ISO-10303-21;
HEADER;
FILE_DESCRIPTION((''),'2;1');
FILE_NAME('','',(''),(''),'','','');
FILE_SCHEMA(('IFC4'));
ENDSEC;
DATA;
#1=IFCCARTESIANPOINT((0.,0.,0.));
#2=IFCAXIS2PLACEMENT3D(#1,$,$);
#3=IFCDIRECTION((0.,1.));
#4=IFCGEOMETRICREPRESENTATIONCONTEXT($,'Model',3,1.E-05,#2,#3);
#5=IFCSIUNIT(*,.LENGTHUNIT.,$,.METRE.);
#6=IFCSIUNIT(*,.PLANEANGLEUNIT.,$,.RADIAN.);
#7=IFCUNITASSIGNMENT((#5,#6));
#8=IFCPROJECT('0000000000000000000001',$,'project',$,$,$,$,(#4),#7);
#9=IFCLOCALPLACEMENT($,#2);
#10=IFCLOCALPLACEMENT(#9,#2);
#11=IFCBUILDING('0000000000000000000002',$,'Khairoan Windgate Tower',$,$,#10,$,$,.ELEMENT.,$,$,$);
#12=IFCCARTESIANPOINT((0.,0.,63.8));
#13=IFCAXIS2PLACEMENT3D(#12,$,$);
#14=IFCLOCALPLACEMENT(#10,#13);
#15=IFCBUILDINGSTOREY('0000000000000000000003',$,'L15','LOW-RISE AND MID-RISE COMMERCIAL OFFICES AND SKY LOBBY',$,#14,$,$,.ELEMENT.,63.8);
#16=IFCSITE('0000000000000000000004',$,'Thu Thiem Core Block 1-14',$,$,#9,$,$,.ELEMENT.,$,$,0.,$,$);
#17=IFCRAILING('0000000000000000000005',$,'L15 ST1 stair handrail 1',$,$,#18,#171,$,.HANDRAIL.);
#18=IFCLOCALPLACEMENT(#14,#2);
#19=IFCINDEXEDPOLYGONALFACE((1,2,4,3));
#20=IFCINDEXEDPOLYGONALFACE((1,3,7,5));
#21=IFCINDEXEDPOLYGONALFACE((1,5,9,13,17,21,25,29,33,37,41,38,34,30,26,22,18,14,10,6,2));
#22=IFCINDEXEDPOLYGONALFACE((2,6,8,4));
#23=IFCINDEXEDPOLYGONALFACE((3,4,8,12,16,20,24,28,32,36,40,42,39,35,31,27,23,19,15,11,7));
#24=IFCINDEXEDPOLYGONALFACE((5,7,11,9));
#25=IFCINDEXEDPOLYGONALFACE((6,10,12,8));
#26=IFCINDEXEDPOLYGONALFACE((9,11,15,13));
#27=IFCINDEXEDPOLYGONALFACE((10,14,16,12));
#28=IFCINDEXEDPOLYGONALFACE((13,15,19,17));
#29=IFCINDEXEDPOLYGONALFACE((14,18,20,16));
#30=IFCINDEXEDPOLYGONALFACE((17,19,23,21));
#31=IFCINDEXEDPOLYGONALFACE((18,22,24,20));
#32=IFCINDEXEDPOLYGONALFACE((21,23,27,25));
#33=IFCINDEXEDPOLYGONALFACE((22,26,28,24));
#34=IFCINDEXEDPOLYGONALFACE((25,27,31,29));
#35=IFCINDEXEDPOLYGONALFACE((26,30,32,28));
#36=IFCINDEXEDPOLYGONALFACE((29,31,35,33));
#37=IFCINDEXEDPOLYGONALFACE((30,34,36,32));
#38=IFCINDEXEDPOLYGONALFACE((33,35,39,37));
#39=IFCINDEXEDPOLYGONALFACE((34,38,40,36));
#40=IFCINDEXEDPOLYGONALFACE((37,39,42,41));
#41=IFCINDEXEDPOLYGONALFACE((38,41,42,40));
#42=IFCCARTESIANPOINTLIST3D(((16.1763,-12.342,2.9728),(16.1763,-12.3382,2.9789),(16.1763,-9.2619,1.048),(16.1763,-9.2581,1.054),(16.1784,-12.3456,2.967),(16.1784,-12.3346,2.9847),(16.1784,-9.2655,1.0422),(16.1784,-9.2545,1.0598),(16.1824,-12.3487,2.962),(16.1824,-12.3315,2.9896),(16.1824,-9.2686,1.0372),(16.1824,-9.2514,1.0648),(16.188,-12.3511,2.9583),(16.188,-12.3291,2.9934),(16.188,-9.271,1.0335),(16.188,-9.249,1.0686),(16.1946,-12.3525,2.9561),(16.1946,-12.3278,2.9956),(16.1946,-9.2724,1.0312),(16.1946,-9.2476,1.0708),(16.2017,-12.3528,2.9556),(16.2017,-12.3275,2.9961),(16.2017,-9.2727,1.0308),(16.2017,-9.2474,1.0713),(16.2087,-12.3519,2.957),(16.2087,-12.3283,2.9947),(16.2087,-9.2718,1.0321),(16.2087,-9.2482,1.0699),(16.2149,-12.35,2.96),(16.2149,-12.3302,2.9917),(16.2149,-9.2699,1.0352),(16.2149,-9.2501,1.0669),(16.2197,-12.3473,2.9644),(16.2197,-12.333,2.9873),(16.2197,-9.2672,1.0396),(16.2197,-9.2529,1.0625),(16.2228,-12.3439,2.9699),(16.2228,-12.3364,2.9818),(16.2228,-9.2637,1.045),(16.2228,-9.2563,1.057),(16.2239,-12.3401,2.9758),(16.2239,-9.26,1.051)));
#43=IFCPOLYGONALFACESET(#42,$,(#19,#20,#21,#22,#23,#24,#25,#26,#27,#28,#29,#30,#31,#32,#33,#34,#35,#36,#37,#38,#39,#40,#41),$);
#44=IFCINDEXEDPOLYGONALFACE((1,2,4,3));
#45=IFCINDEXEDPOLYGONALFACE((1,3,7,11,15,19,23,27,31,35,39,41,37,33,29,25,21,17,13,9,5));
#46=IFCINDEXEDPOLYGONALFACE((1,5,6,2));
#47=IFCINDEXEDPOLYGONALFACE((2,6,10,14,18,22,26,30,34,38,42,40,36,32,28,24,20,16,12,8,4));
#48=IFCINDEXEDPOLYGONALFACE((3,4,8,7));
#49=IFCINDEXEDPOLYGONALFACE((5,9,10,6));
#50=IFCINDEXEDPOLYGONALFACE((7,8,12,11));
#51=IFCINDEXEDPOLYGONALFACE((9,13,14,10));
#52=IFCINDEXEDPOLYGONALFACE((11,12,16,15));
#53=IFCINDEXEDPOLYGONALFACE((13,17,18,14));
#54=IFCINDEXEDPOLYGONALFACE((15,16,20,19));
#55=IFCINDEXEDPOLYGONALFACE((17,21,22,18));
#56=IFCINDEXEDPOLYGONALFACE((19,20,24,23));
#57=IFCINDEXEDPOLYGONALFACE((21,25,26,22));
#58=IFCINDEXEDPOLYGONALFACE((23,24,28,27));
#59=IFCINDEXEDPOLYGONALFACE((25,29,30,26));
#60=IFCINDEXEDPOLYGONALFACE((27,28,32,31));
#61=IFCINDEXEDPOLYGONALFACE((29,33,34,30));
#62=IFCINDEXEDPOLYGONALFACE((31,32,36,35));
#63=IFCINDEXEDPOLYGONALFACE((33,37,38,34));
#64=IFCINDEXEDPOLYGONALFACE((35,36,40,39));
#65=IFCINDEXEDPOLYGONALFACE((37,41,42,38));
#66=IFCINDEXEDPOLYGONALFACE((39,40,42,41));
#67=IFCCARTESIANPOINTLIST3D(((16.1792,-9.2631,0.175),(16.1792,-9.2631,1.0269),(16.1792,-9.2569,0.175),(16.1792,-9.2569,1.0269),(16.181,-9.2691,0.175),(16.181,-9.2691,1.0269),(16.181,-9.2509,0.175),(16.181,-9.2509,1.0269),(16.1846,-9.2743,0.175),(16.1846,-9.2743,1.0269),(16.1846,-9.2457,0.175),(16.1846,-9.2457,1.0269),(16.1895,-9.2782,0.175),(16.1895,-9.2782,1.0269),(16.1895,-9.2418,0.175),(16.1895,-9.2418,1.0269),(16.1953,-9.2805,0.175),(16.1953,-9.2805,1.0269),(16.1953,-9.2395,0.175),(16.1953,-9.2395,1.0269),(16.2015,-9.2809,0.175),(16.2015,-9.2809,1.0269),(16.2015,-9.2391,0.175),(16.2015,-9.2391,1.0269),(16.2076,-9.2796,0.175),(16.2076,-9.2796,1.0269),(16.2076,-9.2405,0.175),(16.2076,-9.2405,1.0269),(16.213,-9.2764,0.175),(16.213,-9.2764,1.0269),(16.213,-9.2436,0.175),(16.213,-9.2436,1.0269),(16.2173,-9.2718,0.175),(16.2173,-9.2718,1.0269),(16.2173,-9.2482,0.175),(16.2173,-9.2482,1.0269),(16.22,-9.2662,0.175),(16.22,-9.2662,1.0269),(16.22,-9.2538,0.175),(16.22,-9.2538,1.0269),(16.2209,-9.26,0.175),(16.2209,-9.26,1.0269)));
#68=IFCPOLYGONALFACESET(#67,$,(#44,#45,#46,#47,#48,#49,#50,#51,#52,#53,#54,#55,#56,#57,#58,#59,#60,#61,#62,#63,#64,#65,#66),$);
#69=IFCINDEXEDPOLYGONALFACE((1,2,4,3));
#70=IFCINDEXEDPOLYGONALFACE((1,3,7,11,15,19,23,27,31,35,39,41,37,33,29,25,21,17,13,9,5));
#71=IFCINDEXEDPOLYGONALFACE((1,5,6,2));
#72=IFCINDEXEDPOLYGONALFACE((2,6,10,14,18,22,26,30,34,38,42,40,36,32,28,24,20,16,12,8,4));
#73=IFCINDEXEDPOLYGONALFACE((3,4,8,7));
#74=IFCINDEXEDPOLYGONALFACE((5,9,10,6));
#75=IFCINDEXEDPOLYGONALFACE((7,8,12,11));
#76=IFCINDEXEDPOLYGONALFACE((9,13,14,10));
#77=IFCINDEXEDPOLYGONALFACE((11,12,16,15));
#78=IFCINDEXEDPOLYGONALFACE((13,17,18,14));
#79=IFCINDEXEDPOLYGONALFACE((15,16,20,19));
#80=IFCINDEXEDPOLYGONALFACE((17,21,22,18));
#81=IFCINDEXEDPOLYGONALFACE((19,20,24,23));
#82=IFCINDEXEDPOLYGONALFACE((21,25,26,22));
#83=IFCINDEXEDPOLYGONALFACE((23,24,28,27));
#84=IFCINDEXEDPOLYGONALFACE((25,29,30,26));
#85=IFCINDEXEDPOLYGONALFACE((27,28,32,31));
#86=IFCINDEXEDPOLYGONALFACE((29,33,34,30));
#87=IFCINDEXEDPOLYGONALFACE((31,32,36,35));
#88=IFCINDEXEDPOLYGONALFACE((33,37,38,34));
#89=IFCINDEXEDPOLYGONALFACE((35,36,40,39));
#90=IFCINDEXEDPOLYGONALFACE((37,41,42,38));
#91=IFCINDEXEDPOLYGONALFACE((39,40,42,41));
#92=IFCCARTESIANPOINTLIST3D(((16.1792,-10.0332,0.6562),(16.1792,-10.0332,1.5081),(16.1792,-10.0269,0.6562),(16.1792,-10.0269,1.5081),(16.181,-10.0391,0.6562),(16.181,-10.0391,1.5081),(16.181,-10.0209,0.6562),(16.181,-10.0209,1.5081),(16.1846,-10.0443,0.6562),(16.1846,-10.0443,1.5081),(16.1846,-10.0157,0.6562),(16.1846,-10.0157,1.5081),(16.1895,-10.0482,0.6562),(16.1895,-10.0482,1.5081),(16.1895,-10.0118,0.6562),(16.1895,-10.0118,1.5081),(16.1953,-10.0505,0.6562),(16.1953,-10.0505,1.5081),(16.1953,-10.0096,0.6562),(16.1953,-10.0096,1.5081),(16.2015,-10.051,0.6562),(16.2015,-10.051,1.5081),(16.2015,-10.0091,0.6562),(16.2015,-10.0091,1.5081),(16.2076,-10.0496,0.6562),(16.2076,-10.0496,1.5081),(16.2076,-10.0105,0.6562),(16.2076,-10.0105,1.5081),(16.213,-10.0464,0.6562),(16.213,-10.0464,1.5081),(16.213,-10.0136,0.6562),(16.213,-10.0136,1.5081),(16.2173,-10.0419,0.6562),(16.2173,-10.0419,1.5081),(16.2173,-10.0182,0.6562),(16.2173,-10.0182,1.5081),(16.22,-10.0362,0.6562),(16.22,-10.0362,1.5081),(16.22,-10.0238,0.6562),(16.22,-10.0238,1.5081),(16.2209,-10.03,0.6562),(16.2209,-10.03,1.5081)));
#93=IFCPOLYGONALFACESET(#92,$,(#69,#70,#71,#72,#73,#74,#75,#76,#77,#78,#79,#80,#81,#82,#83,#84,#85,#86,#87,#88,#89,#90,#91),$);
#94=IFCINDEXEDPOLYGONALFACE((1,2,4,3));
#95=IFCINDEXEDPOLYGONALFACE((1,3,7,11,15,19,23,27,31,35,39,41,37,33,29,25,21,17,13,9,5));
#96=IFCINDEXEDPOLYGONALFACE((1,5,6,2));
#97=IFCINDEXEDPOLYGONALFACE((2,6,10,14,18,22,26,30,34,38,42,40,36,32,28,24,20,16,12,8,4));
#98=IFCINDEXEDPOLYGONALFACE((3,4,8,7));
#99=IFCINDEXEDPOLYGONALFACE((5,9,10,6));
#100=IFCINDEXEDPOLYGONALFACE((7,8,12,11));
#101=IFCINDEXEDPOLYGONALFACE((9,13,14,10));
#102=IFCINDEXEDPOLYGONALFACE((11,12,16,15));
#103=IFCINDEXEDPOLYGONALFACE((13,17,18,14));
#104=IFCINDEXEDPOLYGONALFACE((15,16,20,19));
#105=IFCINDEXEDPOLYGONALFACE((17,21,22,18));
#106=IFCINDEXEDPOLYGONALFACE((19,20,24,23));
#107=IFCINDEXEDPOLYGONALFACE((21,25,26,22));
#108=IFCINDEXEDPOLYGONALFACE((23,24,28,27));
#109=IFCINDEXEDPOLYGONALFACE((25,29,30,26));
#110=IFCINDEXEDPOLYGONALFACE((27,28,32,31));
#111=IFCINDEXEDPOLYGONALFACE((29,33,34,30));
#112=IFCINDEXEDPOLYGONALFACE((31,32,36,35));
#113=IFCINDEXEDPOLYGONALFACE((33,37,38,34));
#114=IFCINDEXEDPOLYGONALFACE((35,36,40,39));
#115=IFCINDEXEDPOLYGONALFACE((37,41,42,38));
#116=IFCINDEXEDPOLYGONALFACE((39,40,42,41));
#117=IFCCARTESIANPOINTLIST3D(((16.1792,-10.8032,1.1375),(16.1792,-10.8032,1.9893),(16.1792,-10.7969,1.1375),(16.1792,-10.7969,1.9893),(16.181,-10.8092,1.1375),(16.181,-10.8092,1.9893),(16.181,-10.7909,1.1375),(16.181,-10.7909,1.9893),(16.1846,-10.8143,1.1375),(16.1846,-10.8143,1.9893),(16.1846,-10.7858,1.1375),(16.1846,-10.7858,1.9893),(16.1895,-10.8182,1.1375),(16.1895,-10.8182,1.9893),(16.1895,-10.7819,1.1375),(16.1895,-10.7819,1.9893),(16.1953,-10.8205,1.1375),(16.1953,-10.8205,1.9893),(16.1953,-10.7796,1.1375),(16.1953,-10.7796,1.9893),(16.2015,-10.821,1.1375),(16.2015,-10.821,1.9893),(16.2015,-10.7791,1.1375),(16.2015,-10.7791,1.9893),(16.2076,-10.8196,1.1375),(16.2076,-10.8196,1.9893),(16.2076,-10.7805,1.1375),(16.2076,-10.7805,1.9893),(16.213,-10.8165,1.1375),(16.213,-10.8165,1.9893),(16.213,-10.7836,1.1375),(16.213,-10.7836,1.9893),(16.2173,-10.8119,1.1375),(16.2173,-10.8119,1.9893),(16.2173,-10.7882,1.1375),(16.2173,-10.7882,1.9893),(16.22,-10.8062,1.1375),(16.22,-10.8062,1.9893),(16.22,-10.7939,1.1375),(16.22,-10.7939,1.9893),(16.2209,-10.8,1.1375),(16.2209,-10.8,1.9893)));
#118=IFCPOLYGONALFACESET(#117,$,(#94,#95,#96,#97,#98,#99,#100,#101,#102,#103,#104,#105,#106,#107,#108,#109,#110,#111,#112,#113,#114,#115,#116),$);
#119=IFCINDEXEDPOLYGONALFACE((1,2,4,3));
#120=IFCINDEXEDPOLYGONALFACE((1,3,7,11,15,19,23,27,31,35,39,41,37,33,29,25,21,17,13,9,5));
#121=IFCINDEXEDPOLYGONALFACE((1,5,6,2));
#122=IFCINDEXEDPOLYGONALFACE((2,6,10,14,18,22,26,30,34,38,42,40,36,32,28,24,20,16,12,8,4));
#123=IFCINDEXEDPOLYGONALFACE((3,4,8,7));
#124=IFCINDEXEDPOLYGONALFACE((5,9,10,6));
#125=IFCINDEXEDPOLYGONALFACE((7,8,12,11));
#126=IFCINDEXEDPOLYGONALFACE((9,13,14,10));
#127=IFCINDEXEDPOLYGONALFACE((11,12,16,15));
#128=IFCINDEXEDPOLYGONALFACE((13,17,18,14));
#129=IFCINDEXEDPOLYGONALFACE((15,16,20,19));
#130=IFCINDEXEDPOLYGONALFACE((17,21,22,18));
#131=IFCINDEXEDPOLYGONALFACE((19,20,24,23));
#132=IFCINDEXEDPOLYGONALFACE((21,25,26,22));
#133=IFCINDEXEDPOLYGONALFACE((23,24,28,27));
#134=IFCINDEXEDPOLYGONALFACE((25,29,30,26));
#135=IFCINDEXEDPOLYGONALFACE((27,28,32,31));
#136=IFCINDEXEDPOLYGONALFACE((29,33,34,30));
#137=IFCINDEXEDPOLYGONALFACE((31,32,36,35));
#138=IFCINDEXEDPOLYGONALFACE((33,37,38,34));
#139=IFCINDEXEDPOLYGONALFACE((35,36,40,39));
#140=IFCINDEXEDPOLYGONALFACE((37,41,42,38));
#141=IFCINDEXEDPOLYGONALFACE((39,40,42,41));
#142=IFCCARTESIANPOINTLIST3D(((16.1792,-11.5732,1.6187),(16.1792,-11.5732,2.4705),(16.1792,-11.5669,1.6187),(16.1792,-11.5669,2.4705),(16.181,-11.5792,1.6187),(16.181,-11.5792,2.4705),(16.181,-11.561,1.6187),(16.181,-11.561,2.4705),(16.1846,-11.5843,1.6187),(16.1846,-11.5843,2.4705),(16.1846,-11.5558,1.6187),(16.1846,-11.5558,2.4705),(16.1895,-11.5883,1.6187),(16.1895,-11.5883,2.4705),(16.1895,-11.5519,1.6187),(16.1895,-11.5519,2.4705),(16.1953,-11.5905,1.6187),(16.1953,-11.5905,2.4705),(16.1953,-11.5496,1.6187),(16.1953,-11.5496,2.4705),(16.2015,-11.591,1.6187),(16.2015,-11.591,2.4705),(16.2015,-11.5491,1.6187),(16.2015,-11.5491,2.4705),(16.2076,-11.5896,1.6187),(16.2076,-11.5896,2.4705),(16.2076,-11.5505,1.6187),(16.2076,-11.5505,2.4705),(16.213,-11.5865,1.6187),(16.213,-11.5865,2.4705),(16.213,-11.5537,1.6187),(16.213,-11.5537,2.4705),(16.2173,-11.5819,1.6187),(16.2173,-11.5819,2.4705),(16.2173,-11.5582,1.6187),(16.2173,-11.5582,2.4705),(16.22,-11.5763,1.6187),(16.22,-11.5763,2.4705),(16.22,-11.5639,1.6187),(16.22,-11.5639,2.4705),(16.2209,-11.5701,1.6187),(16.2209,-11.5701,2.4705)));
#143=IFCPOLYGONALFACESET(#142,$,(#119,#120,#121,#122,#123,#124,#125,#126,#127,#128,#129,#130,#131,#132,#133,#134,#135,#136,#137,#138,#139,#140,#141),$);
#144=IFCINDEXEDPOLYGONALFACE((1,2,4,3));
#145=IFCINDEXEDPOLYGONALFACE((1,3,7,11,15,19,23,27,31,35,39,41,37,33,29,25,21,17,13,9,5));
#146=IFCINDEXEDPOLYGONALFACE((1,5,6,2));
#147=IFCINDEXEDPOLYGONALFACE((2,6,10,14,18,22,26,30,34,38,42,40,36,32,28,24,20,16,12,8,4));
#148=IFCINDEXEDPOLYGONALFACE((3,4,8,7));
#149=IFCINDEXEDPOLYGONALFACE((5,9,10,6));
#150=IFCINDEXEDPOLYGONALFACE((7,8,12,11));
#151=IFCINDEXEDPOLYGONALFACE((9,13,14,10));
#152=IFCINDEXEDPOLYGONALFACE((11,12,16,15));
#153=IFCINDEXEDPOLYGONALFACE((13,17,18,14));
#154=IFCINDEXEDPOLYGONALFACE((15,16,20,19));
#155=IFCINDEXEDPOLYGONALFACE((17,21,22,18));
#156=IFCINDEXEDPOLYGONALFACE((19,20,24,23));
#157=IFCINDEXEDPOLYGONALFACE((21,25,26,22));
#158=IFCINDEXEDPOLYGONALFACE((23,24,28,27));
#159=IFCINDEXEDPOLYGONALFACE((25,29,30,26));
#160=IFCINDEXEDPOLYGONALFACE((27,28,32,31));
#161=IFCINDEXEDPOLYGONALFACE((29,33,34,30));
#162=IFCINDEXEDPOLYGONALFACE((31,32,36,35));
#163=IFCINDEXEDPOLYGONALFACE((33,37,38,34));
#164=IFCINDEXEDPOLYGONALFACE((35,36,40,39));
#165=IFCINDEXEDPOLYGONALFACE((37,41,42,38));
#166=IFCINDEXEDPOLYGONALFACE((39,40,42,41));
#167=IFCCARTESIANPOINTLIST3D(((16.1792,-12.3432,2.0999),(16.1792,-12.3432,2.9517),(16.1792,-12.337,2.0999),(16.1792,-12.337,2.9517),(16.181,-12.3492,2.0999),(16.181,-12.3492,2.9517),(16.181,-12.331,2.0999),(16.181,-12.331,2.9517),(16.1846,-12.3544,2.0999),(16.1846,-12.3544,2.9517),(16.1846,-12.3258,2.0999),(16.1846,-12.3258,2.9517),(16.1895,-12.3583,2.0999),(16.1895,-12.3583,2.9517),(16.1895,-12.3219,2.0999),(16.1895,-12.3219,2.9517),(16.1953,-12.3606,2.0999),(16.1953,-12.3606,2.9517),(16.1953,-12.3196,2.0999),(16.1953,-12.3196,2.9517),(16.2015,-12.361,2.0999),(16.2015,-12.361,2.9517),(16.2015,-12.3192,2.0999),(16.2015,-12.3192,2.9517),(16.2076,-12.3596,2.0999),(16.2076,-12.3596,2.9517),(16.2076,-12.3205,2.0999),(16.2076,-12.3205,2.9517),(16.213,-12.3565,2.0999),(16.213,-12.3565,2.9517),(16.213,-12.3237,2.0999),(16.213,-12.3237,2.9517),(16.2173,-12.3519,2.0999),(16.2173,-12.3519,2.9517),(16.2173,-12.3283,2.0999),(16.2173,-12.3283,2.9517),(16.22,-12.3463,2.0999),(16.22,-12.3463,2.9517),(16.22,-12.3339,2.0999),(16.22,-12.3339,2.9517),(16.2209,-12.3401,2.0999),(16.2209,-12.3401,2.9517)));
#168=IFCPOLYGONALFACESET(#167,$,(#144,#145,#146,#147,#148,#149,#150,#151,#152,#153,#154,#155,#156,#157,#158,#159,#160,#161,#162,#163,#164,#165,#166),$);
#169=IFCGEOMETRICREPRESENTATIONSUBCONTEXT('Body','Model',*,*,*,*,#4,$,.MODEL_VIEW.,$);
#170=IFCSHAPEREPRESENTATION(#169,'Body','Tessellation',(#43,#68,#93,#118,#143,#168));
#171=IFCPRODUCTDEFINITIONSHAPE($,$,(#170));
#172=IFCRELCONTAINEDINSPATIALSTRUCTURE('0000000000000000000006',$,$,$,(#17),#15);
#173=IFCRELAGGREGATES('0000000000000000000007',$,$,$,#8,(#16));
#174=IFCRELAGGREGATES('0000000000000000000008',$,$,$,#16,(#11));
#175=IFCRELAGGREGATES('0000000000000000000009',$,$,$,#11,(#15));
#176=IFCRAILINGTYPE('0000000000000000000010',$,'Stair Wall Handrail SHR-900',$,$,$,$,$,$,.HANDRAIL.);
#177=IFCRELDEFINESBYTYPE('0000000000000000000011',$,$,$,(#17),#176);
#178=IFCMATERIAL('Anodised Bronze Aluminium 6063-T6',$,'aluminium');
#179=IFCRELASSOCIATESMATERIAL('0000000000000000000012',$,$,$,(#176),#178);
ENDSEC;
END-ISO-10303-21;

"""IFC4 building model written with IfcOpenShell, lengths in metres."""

from ifc_helpers import new_model, si_unit, direction, frame, origin, origin_2d, place, context, subcontext, project, spatial, circle, extrude, material, type_object, element, save


model = new_model("IFC4")

# Units and contexts
model_context = context("Model", 3, precision=1e-05, world=origin(), true_north=direction((0.0, 1.0)))
body_context = subcontext(model_context, "Body", "Model", "MODEL_VIEW")
ifc_project = project(units=[si_unit("LENGTHUNIT", "METRE"), si_unit("PLANEANGLEUNIT", "RADIAN")], contexts=[model_context])

# Site, building, storey
site_placement = place(None, origin())
site = spatial("IfcSite", under=ifc_project, at=site_placement, Name="Thu Thiem Core Block 1-14", CompositionType="ELEMENT", RefElevation=0.0)
building_placement = place(site_placement, origin())
building = spatial("IfcBuilding", under=site, at=building_placement, Name="Khairoan Windgate Tower", CompositionType="ELEMENT")
storey_placement = place(building_placement, frame((0.0, 0.0, 63.8)))
storey = spatial("IfcBuildingStorey", under=building, at=storey_placement, Name="L15", Description="LOW-RISE AND MID-RISE COMMERCIAL OFFICES AND SKY LOBBY", CompositionType="ELEMENT", Elevation=63.8)

# Railing
ifc_material_1 = material(Name="Anodised Bronze Aluminium 6063-T6", Category="aluminium")
railing_type_1 = type_object("IfcRailingType", Name="Stair Wall Handrail SHR-900", PredefinedType="HANDRAIL", material=ifc_material_1)
railing_1_placement = place(storey_placement, frame((16.2, -9.26, 0.175)))
element("IfcRailing", 1, at=railing_1_placement, inside=storey, type_object=railing_type_1, Name="L15 ST1 stair handrail 1", PredefinedType="HANDRAIL", context=body_context, shape_type="SweptSolid", body=[
    extrude(circle(Radius=0.0239, at=origin_2d()), frame((0.0, 0.0, 0.876), z_axis=(0.0, -0.848029, 0.529951), x_axis=(1.0, 0.0, 0.0)), (0.0, 0.0, 1.0), 3.6321),
    extrude(circle(Radius=0.021, at=origin_2d()), origin(), (0.0, 0.0, 1.0), 0.8518),
    extrude(circle(Radius=0.021, at=origin_2d()), frame((0.0, -0.77, 0.4812)), (0.0, 0.0, 1.0), 0.8518),
    extrude(circle(Radius=0.021, at=origin_2d()), frame((0.0, -1.54, 0.9624)), (0.0, 0.0, 1.0), 0.8518),
    extrude(circle(Radius=0.021, at=origin_2d()), frame((0.0, -2.3101, 1.4436)), (0.0, 0.0, 1.0), 0.8518),
    extrude(circle(Radius=0.021, at=origin_2d()), frame((0.0, -3.0801, 1.9248)), (0.0, 0.0, 1.0), 0.8518),
])

save(model, "model.ifc")
